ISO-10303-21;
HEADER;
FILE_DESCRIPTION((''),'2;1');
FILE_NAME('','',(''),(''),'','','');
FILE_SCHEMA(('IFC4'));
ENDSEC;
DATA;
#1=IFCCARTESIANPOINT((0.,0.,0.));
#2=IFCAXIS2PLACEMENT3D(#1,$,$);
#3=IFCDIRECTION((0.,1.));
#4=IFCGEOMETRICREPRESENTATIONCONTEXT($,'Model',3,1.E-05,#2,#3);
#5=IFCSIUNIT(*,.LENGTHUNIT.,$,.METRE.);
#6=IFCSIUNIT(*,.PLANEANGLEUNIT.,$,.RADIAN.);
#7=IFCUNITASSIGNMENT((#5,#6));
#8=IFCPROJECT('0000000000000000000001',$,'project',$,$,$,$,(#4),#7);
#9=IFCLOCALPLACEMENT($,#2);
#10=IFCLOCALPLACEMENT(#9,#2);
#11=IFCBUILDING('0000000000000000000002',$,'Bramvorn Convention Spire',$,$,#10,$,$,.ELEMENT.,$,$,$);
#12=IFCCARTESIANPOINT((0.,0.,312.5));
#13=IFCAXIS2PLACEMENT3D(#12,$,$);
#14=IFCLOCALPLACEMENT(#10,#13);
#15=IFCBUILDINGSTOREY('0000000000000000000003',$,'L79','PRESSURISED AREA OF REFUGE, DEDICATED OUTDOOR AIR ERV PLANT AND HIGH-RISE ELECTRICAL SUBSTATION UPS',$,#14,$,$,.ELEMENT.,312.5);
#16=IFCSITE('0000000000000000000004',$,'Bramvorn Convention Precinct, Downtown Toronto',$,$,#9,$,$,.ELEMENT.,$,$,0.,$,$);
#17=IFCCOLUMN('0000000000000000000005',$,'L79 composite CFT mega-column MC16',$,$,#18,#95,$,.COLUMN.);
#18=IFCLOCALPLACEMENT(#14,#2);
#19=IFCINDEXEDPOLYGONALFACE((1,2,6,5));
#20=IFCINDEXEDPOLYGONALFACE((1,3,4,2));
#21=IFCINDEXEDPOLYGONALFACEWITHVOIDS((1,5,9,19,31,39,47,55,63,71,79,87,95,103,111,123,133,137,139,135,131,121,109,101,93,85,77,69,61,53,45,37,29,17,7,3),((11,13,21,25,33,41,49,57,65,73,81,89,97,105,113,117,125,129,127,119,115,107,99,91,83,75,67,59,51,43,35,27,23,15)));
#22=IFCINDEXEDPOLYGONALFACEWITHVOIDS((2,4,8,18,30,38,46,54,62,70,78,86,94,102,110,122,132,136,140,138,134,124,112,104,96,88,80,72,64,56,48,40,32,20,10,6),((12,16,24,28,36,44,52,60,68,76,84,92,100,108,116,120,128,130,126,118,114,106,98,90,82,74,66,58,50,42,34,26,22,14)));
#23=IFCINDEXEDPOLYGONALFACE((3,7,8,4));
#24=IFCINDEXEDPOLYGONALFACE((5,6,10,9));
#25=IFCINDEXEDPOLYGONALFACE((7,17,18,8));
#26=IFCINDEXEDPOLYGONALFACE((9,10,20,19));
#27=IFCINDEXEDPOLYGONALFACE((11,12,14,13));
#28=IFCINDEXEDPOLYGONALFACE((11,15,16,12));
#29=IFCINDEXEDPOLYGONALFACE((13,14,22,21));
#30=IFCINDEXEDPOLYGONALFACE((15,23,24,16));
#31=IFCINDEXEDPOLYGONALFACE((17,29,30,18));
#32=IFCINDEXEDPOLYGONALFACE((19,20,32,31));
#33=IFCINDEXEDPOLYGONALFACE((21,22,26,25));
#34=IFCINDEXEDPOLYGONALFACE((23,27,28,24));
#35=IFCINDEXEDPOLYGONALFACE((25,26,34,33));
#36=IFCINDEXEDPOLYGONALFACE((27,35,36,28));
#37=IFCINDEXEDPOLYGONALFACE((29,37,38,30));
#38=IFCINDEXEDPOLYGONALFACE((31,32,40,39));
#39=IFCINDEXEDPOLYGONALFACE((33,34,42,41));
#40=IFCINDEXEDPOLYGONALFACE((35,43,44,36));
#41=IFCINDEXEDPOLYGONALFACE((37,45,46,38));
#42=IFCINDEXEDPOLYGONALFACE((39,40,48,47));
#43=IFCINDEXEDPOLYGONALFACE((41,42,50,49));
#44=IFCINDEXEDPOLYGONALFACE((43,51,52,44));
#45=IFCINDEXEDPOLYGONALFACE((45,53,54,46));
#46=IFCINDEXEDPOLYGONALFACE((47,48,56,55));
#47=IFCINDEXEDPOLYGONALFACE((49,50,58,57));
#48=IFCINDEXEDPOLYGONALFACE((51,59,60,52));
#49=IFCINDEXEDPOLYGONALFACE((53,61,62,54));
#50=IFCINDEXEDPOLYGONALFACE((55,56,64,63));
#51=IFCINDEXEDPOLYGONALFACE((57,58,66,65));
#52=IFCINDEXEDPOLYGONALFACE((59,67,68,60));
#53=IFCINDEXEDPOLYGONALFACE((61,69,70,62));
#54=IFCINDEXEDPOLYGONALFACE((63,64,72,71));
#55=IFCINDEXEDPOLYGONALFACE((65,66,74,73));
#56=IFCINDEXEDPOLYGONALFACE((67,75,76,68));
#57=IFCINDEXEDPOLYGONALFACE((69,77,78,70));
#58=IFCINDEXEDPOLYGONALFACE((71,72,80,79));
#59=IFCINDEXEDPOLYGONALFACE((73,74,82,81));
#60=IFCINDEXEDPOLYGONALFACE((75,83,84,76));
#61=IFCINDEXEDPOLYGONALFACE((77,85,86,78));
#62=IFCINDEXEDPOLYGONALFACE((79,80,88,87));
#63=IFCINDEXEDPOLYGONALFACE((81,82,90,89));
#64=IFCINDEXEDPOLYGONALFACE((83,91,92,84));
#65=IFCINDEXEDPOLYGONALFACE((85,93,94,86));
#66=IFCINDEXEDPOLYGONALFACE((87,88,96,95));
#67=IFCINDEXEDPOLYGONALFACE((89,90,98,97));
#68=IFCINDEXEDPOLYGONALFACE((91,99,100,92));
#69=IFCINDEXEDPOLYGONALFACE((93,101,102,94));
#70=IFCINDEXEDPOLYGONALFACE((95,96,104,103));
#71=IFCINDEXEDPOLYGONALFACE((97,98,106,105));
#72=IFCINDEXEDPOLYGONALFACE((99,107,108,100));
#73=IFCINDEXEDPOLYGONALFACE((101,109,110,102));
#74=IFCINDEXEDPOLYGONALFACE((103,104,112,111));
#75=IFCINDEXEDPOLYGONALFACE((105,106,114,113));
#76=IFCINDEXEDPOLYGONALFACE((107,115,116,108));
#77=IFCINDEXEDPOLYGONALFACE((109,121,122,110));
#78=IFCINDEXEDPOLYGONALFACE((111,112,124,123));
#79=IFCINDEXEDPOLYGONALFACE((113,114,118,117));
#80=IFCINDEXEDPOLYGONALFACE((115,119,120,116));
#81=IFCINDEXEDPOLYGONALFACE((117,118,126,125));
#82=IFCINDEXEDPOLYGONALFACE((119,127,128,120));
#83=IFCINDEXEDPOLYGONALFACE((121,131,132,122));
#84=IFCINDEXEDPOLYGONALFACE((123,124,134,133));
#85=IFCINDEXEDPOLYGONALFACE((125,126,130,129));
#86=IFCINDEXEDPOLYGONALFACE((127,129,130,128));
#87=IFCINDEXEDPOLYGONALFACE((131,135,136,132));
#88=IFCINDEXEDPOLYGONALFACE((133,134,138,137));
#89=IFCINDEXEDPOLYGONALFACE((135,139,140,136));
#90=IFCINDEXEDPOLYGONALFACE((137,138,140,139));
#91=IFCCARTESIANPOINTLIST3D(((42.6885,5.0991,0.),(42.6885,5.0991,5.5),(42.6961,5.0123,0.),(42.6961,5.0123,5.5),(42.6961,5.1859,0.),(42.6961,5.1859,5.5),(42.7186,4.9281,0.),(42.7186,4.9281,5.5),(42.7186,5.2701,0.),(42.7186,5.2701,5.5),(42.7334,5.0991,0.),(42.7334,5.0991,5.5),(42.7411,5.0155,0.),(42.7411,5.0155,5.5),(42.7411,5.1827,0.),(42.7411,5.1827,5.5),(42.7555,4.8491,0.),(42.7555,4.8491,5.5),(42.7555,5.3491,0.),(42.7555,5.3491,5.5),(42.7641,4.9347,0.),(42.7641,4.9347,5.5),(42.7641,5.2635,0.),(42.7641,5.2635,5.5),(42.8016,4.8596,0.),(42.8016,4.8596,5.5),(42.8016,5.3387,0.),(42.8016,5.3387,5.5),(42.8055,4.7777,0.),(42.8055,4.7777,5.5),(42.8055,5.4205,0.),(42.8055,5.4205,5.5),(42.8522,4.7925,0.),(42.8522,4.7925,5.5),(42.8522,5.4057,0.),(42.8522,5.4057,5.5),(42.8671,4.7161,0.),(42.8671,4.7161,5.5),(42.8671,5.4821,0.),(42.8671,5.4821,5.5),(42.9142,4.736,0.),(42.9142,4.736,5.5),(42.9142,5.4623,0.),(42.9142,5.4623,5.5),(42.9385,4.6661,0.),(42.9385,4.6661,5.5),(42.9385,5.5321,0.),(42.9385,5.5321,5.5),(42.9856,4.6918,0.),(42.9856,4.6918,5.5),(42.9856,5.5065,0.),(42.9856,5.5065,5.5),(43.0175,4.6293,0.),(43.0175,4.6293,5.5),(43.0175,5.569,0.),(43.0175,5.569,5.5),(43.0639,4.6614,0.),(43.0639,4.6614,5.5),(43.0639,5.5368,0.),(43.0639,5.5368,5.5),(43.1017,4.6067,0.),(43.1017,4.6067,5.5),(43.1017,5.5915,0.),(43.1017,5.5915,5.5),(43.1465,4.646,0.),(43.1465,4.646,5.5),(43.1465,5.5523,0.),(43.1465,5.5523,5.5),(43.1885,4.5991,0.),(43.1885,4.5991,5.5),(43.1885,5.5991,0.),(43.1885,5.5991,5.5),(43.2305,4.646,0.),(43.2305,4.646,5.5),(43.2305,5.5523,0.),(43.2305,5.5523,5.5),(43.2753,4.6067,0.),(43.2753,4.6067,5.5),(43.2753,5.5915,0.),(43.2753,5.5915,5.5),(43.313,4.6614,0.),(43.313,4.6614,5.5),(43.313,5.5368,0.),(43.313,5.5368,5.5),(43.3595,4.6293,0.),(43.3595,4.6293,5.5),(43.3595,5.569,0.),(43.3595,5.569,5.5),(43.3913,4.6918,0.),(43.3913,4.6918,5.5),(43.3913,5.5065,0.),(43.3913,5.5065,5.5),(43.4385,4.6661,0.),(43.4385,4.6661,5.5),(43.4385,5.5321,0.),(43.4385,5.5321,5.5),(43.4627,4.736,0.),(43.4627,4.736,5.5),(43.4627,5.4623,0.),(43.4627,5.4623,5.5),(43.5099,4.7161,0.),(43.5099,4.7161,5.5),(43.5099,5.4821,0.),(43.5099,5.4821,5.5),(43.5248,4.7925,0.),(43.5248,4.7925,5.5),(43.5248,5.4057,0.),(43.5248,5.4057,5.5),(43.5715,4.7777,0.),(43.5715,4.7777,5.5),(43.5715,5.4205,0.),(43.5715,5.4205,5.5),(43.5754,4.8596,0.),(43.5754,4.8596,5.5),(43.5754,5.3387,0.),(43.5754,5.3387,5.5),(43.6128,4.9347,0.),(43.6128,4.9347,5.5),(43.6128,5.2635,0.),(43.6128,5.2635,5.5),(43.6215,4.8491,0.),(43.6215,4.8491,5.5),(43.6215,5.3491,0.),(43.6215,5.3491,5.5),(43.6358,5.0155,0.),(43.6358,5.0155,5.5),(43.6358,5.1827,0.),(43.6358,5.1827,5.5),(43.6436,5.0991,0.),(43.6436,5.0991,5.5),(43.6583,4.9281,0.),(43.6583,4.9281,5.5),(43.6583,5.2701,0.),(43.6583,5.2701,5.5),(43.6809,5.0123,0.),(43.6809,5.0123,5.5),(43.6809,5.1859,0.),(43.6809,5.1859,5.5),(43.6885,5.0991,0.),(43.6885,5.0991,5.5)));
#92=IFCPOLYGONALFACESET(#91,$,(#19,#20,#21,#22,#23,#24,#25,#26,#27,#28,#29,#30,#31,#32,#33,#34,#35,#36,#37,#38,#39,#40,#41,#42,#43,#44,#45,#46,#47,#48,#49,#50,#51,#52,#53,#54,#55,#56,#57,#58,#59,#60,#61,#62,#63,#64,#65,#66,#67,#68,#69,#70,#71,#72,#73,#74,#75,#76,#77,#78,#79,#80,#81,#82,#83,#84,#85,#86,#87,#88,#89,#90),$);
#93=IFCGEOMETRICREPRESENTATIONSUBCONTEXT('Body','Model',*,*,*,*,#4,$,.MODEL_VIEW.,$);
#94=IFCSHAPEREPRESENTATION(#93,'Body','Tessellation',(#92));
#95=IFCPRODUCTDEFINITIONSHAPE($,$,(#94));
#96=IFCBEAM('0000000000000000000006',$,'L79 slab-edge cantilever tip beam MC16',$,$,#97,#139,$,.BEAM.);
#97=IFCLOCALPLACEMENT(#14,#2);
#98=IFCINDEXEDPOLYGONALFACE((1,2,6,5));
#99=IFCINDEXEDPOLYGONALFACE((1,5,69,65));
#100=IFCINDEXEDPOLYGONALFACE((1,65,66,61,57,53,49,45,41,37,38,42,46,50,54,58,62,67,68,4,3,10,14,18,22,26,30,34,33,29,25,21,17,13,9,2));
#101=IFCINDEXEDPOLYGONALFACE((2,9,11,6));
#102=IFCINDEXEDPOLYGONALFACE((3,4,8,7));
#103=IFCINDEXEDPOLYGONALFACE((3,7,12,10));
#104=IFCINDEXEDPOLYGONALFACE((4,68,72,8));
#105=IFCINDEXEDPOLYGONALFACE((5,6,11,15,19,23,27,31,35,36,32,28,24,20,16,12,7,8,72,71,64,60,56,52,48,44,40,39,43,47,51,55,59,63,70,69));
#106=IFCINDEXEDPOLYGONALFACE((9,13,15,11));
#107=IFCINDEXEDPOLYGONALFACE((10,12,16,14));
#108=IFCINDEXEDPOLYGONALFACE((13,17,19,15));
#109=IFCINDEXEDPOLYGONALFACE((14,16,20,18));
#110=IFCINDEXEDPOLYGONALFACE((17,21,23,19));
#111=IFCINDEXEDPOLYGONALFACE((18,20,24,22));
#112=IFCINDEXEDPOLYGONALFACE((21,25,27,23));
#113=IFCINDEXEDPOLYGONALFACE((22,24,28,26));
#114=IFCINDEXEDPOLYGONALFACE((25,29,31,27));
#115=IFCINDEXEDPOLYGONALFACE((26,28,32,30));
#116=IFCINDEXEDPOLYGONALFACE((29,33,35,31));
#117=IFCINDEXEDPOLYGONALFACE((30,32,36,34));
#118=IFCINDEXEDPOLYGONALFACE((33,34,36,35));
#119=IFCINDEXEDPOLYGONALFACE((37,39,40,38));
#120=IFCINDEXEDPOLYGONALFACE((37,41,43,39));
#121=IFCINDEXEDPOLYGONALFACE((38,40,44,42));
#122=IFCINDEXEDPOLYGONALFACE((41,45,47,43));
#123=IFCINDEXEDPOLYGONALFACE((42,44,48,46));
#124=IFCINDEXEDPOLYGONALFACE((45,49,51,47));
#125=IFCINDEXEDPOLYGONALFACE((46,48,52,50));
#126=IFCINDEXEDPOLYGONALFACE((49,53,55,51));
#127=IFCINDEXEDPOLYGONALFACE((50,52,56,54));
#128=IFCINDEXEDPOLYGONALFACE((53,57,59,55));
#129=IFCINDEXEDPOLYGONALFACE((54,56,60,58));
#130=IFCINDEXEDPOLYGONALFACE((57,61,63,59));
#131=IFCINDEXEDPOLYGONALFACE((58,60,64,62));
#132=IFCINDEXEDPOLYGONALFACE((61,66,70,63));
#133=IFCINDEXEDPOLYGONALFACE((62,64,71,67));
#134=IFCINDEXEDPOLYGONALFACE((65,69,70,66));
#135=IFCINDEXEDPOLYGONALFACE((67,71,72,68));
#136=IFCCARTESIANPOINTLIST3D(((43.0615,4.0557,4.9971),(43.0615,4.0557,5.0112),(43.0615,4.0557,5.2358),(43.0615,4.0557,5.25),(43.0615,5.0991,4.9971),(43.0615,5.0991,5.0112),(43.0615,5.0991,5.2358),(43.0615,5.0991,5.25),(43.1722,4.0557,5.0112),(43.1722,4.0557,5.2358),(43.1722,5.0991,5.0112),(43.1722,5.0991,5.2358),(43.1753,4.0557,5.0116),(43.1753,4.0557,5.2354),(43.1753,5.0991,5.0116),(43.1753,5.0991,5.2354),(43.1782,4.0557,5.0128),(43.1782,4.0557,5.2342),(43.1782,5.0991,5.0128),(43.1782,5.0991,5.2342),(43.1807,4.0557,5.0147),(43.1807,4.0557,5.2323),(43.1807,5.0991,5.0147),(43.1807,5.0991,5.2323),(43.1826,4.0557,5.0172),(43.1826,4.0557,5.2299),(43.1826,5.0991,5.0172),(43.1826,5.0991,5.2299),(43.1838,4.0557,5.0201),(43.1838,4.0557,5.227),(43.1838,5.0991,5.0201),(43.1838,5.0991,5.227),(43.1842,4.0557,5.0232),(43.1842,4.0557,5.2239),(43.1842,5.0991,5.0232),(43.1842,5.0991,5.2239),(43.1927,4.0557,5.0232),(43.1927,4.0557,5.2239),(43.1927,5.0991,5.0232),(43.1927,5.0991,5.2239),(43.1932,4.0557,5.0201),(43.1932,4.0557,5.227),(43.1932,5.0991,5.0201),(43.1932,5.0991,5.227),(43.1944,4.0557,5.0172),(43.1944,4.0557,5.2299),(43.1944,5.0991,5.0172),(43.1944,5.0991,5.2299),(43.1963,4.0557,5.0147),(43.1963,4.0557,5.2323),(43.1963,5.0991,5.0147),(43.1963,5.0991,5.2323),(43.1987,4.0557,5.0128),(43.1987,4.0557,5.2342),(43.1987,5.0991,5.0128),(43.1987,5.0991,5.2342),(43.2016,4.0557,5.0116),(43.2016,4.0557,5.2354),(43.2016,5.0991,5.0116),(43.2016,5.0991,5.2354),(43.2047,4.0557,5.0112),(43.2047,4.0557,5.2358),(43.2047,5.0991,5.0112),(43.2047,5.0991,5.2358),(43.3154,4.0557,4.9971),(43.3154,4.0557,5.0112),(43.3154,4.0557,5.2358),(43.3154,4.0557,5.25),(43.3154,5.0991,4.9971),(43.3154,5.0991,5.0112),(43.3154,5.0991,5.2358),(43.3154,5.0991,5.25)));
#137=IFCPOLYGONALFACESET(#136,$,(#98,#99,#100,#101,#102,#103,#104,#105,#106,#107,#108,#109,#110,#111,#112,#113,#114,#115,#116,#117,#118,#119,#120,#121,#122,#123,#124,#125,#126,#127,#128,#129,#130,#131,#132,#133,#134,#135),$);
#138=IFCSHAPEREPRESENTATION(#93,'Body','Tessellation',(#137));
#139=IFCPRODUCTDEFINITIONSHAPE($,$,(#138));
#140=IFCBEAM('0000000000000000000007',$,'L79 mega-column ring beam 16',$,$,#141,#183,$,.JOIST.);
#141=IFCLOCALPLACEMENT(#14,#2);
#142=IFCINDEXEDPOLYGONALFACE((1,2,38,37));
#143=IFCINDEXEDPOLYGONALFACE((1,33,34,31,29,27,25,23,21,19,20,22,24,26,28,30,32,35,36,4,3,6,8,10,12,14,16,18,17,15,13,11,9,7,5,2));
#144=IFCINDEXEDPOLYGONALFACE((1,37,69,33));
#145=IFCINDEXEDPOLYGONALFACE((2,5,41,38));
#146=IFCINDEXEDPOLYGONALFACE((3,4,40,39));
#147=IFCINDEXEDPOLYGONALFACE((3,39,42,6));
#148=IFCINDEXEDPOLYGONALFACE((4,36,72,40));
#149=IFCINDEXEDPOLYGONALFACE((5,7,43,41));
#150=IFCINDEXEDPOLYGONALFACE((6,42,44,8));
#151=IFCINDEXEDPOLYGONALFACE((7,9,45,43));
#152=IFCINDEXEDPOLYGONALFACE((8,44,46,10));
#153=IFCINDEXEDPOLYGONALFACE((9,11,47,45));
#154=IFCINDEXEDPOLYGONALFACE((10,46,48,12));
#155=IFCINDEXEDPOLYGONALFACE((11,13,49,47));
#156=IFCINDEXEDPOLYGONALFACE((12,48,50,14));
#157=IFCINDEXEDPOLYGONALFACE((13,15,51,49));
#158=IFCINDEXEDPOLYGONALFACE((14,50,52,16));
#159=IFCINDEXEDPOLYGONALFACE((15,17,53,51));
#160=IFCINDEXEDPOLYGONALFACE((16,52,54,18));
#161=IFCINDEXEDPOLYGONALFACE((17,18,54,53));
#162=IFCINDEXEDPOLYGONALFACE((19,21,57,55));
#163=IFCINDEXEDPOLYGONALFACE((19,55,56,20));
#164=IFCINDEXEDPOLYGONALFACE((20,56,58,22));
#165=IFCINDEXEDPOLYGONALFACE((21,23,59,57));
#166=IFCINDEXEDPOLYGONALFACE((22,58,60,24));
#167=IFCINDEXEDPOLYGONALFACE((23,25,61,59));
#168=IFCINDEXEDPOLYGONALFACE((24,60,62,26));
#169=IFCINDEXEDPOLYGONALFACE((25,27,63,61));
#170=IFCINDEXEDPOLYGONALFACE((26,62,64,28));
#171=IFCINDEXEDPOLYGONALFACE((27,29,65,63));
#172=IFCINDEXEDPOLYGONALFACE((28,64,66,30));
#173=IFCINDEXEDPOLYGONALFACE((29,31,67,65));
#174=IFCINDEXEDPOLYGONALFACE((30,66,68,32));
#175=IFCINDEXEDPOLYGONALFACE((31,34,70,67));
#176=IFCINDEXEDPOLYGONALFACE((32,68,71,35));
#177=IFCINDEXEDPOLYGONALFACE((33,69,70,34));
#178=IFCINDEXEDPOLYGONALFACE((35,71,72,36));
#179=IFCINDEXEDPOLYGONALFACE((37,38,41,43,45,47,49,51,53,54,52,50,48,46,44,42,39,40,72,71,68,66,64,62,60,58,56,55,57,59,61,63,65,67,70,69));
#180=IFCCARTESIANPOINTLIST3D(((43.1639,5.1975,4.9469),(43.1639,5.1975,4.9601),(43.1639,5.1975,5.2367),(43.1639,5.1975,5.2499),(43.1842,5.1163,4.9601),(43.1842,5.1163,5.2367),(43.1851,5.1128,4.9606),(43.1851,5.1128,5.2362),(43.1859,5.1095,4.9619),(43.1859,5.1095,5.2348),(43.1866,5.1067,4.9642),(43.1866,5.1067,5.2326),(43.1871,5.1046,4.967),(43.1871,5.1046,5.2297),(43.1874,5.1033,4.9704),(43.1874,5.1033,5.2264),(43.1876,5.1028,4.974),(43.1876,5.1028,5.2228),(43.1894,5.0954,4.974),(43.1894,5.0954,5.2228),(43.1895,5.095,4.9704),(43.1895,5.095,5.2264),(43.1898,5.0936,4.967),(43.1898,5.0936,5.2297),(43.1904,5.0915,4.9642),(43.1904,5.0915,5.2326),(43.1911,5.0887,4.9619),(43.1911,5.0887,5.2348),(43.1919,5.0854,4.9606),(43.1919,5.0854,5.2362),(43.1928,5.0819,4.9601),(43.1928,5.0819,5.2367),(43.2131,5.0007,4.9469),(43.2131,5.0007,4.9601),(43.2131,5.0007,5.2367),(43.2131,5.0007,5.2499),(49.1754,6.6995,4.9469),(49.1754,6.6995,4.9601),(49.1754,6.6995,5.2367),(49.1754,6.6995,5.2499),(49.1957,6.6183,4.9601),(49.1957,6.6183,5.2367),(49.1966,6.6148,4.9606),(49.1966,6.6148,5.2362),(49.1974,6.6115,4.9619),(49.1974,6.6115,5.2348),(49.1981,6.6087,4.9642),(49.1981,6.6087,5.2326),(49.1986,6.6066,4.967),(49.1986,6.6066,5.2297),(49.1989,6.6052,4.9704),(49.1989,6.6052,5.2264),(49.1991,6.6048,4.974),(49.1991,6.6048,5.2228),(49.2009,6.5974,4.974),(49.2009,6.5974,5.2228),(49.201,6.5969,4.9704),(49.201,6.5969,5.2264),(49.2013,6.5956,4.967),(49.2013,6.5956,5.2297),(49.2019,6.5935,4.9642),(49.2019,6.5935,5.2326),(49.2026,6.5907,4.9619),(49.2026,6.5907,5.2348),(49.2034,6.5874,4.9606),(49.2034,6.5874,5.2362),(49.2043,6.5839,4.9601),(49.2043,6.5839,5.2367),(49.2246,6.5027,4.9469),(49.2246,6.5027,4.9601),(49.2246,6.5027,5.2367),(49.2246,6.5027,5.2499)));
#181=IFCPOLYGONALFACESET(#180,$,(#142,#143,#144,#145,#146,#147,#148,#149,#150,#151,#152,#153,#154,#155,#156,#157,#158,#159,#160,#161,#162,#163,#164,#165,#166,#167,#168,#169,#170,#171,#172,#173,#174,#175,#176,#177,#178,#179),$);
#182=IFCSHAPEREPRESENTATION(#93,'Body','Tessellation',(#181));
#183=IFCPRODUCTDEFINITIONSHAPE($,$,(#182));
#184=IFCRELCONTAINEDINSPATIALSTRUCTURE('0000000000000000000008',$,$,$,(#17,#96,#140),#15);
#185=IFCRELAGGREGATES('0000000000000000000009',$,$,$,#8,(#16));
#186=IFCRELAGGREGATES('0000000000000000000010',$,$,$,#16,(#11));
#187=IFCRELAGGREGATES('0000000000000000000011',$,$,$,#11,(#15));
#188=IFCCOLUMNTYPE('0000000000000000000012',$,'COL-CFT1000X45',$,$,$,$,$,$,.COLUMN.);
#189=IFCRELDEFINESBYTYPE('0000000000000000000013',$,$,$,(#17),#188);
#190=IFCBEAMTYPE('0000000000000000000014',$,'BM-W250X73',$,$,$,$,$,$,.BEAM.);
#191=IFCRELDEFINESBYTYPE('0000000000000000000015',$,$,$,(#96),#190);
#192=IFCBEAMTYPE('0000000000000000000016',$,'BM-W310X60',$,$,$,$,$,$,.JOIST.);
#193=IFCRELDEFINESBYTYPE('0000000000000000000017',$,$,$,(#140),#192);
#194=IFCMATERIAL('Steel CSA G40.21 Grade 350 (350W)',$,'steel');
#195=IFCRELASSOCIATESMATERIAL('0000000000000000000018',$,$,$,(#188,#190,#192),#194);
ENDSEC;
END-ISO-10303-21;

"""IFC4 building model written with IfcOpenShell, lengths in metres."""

from ifc_helpers import new_model, si_unit, direction, frame, origin, origin_2d, place, context, subcontext, project, spatial, hollow_circle, i_section, extrude, material, material_profile, profile_set, type_object, element, save


model = new_model("IFC4")

# Units and contexts
model_context = context("Model", 3, precision=1e-05, world=origin(), true_north=direction((0.0, 1.0)))
body_context = subcontext(model_context, "Body", "Model", "MODEL_VIEW")
ifc_project = project(units=[si_unit("LENGTHUNIT", "METRE"), si_unit("PLANEANGLEUNIT", "RADIAN")], contexts=[model_context])

# Site, building, storey
site_placement = place(None, origin())
site = spatial("IfcSite", under=ifc_project, at=site_placement, Name="Bramvorn Convention Precinct, Downtown Toronto", CompositionType="ELEMENT", RefElevation=0.0)
building_placement = place(site_placement, origin())
building = spatial("IfcBuilding", under=site, at=building_placement, Name="Bramvorn Convention Spire", CompositionType="ELEMENT")
storey_placement = place(building_placement, frame((0.0, 0.0, 312.5)))
storey = spatial("IfcBuildingStorey", under=building, at=storey_placement, Name="L79", Description="PRESSURISED AREA OF REFUGE, DEDICATED OUTDOOR AIR ERV PLANT AND HIGH-RISE ELECTRICAL SUBSTATION UPS", CompositionType="ELEMENT", Elevation=312.5)

# Column
ifc_material_1 = material(Name="Steel CSA G40.21 Grade 350 (350W)", Category="steel")
ifc_material_profile_1 = material_profile(ifc_material_1, hollow_circle(Radius=0.5, WallThickness=0.0449, at=origin_2d()))
ifc_profile_set_1 = profile_set([ifc_material_profile_1], Name="Steel CSA G40.21 Grade 350 (350W) - CFT1000X45")
column_type = type_object("IfcColumnType", Name="COL-CFT1000X45", PredefinedType="COLUMN", material=ifc_profile_set_1)
column_placement = place(storey_placement, frame((43.1885, 5.0991, 0.0), z_axis=(0.0, 0.0, 1.0), x_axis=(1.0, 0.0, 0.0)))
element("IfcColumn", 1, at=column_placement, inside=storey, type_object=column_type, Name="L79 composite CFT mega-column MC16", PredefinedType="COLUMN", context=body_context, shape_type="SweptSolid", body=[
    extrude(hollow_circle(Radius=0.5, WallThickness=0.0449, at=origin_2d()), origin(), (0.0, 0.0, 1.0), 5.5),
])

# Beams
ifc_material_profile_2 = material_profile(ifc_material_1, i_section(OverallWidth=0.2539, OverallDepth=0.2529, WebThickness=0.0085, FlangeThickness=0.0142, FilletRadius=0.012, at=origin_2d()))
ifc_profile_set_2 = profile_set([ifc_material_profile_2], Name="Steel CSA G40.21 Grade 350 (350W) - W250X73")
beam_type_1 = type_object("IfcBeamType", Name="BM-W250X73", PredefinedType="BEAM", material=ifc_profile_set_2)
beam_1_placement = place(storey_placement, frame((43.1885, 5.0991, 5.1235), z_axis=(0.0, -1.0, 0.0), x_axis=(1.0, 0.0, 0.0)))
element("IfcBeam", 2, at=beam_1_placement, inside=storey, type_object=beam_type_1, Name="L79 slab-edge cantilever tip beam MC16", PredefinedType="BEAM", context=body_context, shape_type="SweptSolid", body=[
    extrude(i_section(OverallWidth=0.2539, OverallDepth=0.2529, WebThickness=0.0085, FlangeThickness=0.0142, FilletRadius=0.012, at=origin_2d()), origin(), (0.0, 0.0, 1.0), 1.0435),
])
ifc_material_profile_3 = material_profile(ifc_material_1, i_section(OverallWidth=0.2029, OverallDepth=0.303, WebThickness=0.0076, FlangeThickness=0.0132, FilletRadius=0.0139, at=origin_2d()))
ifc_profile_set_3 = profile_set([ifc_material_profile_3], Name="Steel CSA G40.21 Grade 350 (350W) - W310X60")
beam_type_2 = type_object("IfcBeamType", Name="BM-W310X60", PredefinedType="JOIST", material=ifc_profile_set_3)
beam_2_placement = place(storey_placement, frame((43.1885, 5.0991, 5.0984), z_axis=(0.970177, 0.242397, 0.0), x_axis=(-0.242397, 0.970177, 0.0)))
element("IfcBeam", 3, at=beam_2_placement, inside=storey, type_object=beam_type_2, Name="L79 mega-column ring beam 16", PredefinedType="JOIST", context=body_context, shape_type="SweptSolid", body=[
    extrude(i_section(OverallWidth=0.2029, OverallDepth=0.303, WebThickness=0.0076, FlangeThickness=0.0132, FilletRadius=0.0139, at=origin_2d()), origin(), (0.0, 0.0, 1.0), 6.1963),
])

save(model, "model.ifc")
